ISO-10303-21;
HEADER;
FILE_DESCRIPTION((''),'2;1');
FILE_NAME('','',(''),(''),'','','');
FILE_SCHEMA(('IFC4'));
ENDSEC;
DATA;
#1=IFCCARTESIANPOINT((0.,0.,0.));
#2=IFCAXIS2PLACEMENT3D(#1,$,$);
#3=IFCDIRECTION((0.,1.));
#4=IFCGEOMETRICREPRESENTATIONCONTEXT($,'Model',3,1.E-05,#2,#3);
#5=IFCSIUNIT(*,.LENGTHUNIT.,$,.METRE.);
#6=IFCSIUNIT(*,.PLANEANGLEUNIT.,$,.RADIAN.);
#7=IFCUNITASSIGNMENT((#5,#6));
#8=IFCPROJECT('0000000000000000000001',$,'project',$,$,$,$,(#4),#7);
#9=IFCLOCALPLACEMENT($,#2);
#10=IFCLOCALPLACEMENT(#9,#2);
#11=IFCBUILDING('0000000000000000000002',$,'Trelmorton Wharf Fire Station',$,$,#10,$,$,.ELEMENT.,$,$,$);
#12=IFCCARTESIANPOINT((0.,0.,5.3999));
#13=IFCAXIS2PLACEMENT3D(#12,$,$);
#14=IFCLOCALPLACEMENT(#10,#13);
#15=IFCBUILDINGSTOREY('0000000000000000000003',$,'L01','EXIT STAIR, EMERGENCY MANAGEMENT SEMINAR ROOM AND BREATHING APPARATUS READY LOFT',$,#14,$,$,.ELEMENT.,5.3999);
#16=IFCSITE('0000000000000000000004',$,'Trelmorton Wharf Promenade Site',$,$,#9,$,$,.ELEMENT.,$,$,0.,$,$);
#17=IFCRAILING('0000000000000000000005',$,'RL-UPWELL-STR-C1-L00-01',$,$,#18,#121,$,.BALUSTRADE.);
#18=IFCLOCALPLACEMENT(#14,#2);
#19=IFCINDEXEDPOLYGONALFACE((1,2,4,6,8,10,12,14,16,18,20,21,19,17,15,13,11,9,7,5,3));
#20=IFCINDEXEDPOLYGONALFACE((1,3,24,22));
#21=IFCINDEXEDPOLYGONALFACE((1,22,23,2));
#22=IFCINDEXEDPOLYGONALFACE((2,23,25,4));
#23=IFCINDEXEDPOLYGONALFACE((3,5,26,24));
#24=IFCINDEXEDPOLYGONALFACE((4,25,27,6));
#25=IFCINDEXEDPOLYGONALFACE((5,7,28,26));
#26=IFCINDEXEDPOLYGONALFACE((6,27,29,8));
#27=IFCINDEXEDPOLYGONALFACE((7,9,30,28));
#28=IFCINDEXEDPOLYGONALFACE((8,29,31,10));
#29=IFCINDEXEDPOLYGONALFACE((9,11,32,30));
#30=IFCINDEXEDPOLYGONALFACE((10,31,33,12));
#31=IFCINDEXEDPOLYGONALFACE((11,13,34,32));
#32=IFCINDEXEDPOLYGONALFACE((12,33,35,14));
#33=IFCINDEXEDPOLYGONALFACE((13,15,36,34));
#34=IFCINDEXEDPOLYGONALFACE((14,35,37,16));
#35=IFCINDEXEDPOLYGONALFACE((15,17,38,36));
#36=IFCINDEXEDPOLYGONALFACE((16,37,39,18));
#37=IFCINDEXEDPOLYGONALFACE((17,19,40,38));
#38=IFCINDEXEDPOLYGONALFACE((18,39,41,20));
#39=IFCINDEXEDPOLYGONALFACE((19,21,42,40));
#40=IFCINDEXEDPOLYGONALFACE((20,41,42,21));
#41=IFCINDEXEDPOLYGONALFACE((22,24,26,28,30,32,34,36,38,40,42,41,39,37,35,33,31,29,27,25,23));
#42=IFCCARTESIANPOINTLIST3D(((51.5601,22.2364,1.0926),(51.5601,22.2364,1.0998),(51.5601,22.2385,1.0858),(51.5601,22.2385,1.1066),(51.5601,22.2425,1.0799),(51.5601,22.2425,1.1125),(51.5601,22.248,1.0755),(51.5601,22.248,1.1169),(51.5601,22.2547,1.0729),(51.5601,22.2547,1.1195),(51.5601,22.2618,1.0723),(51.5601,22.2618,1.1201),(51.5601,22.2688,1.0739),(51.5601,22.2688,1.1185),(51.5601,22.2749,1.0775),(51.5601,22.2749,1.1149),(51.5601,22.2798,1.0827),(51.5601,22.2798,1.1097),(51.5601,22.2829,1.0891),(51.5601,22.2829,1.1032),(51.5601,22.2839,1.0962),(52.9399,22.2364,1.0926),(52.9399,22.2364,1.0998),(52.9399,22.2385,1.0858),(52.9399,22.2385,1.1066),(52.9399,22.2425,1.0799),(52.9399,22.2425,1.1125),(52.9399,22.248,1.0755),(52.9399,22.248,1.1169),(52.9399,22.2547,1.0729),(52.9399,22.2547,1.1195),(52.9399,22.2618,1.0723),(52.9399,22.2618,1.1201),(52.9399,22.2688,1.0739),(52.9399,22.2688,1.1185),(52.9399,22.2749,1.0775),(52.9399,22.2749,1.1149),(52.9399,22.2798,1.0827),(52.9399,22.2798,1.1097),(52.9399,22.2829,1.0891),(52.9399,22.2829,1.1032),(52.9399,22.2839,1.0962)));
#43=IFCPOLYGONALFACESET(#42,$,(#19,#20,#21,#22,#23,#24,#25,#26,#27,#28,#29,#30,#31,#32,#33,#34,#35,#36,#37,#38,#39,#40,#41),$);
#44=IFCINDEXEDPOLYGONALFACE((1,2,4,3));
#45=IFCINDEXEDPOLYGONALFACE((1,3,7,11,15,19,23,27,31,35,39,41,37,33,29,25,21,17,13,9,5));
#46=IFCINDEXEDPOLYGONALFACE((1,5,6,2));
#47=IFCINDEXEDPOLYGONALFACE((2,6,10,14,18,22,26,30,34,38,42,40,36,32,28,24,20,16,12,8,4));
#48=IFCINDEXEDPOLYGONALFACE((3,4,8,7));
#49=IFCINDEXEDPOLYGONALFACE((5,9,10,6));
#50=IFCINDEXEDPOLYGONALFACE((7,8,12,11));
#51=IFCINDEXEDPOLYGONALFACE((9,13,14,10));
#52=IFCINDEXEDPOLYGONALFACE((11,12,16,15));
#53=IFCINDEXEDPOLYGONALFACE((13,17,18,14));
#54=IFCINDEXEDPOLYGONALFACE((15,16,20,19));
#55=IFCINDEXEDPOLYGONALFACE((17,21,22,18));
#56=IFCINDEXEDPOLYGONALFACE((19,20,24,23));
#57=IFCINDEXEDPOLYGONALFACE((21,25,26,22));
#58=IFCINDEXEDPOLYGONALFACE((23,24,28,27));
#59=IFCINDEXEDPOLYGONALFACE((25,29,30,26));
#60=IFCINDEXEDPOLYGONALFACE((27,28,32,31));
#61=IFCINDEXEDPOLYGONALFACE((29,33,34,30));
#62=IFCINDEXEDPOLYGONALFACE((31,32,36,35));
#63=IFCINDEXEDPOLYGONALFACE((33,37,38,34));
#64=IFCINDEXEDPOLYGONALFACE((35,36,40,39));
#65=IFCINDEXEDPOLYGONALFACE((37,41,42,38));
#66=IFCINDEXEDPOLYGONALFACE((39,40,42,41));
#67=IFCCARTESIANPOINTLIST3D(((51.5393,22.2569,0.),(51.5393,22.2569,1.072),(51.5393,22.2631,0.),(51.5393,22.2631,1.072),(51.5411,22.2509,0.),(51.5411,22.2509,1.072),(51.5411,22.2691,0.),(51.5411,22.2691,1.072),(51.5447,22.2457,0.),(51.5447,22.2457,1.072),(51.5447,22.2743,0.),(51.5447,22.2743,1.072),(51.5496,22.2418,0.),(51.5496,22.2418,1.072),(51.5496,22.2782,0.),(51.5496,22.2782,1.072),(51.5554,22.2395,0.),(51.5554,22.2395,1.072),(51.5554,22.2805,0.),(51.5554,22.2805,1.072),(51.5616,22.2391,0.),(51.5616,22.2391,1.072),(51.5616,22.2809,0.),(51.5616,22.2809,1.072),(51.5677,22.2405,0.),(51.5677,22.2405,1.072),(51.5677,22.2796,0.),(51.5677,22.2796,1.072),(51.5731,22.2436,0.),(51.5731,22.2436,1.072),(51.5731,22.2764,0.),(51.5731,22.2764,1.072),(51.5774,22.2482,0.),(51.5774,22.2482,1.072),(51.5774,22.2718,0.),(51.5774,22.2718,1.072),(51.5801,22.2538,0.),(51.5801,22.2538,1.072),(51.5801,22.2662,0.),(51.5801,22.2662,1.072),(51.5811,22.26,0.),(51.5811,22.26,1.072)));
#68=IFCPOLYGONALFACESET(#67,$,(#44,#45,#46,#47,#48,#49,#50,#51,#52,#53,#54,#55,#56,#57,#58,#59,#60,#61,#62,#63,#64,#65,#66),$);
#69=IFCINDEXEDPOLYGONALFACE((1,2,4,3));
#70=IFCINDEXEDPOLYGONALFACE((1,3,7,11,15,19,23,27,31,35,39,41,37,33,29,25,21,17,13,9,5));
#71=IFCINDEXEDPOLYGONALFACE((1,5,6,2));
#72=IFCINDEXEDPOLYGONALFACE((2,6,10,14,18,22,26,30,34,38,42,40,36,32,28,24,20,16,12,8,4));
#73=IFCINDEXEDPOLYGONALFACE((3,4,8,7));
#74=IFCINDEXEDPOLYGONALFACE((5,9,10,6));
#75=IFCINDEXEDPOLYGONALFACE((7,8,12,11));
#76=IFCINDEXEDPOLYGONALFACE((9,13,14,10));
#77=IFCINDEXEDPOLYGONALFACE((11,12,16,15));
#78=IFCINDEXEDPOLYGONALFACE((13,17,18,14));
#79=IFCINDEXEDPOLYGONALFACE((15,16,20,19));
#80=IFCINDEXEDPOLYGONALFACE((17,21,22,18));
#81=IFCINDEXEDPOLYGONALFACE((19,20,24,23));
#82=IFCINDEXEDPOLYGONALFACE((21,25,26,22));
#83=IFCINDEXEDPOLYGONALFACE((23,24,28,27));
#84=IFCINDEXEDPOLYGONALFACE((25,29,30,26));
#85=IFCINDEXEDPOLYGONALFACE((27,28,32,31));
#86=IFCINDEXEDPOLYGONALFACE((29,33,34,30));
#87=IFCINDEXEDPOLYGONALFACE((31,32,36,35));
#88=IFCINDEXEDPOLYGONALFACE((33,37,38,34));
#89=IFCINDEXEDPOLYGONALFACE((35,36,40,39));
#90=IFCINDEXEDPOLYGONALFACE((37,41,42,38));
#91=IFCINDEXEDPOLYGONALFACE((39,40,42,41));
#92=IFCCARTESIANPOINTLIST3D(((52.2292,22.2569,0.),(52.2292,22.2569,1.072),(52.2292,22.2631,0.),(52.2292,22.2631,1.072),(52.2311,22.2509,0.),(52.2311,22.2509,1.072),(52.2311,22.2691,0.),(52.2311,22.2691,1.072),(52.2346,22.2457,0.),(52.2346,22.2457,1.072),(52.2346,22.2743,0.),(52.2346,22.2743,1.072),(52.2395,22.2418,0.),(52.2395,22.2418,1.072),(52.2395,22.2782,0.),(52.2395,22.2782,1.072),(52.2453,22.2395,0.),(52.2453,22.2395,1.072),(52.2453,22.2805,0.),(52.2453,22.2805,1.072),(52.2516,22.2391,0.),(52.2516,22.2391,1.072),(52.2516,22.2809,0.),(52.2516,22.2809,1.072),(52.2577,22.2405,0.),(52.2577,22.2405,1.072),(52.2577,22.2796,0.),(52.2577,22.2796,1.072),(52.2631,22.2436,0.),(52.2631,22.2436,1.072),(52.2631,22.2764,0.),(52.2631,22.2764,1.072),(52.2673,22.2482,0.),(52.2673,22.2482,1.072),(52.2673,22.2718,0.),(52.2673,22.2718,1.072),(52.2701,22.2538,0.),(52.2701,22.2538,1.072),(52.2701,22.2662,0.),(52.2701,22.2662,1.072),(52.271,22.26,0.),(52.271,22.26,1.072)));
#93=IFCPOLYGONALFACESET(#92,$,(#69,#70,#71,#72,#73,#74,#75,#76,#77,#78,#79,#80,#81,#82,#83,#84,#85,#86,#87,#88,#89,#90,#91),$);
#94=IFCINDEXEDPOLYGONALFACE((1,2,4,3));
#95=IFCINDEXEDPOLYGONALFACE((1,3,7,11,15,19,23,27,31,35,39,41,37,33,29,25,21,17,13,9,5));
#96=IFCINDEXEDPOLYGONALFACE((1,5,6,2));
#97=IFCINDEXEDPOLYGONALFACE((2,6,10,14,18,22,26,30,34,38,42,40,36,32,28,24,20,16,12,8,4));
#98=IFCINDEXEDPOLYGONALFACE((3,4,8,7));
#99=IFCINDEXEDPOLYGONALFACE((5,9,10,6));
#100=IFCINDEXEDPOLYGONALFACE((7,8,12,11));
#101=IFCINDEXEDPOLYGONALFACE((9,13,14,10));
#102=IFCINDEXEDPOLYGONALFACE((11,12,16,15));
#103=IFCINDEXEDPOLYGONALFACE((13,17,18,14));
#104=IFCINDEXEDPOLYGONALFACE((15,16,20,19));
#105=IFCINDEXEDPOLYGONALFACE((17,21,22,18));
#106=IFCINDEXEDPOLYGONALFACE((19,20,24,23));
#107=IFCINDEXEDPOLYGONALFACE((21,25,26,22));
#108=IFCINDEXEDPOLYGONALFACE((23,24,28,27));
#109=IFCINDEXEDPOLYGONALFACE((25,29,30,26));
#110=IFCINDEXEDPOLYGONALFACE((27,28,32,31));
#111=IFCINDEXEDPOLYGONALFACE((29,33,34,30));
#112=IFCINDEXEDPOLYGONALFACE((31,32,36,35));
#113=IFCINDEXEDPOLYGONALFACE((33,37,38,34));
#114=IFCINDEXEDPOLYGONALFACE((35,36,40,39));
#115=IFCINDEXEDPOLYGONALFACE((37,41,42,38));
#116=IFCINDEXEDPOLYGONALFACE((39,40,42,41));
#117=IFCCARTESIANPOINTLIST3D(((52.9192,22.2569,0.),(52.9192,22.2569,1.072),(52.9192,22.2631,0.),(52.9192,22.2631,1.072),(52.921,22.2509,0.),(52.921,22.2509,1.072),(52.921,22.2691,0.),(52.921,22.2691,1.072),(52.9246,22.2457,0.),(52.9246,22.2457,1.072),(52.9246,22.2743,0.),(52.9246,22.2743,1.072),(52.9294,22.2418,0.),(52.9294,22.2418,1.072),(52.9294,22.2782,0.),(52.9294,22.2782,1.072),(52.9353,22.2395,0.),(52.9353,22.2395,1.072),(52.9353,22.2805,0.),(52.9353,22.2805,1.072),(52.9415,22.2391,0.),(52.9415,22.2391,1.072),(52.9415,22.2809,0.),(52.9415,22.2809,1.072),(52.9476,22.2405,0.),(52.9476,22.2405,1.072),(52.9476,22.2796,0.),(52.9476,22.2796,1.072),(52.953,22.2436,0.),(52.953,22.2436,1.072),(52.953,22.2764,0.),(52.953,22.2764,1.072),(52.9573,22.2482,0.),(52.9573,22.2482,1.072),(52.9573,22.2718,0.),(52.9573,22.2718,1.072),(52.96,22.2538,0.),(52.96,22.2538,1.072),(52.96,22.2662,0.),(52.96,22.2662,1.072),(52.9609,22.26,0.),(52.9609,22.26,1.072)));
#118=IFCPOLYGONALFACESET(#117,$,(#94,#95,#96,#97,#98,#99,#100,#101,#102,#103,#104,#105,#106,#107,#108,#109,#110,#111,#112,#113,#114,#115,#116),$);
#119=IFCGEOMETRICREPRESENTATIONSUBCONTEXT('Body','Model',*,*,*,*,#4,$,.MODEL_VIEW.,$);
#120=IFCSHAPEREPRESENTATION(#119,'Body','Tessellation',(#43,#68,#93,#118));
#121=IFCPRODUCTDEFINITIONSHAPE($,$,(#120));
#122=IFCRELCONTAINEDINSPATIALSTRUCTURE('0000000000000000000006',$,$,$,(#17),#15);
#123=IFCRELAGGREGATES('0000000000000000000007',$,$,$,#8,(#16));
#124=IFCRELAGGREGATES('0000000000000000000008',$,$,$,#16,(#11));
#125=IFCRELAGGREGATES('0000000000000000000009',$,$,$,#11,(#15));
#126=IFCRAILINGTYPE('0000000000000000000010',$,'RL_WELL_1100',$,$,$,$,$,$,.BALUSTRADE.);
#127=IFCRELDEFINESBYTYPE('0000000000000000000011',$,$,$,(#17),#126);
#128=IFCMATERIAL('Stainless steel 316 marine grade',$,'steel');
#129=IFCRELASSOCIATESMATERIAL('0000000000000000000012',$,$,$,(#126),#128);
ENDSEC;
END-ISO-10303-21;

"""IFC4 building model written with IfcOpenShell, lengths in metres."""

from ifc_helpers import new_model, si_unit, direction, frame, origin, origin_2d, place, context, subcontext, project, spatial, circle, extrude, material, type_object, element, save


model = new_model("IFC4")

# Units and contexts
model_context = context("Model", 3, precision=1e-05, world=origin(), true_north=direction((0.0, 1.0)))
body_context = subcontext(model_context, "Body", "Model", "MODEL_VIEW")
ifc_project = project(units=[si_unit("LENGTHUNIT", "METRE"), si_unit("PLANEANGLEUNIT", "RADIAN")], contexts=[model_context])

# Site, building, storey
site_placement = place(None, origin())
site = spatial("IfcSite", under=ifc_project, at=site_placement, Name="Trelmorton Wharf Promenade Site", CompositionType="ELEMENT", RefElevation=0.0)
building_placement = place(site_placement, origin())
building = spatial("IfcBuilding", under=site, at=building_placement, Name="Trelmorton Wharf Fire Station", CompositionType="ELEMENT")
storey_placement = place(building_placement, frame((0.0, 0.0, 5.3999)))
storey = spatial("IfcBuildingStorey", under=building, at=storey_placement, Name="L01", Description="EXIT STAIR, EMERGENCY MANAGEMENT SEMINAR ROOM AND BREATHING APPARATUS READY LOFT", CompositionType="ELEMENT", Elevation=5.3999)

# Shared definitions
ifc_material_1 = material(Name="Stainless steel 316 marine grade", Category="steel")

# Railing
railing_type_1 = type_object("IfcRailingType", Name="RL_WELL_1100", PredefinedType="BALUSTRADE", material=ifc_material_1)
railing_1_placement = place(storey_placement, frame((51.5601, 22.26, 0.0)))
element("IfcRailing", 1, at=railing_1_placement, inside=storey, type_object=railing_type_1, Name="RL-UPWELL-STR-C1-L00-01", PredefinedType="BALUSTRADE", context=body_context, shape_type="SweptSolid", body=[
    extrude(circle(Radius=0.0239, at=origin_2d()), frame((0.0, 0.0, 1.0962), z_axis=(1.0, 0.0, 0.0), x_axis=(0.0, 1.0, 0.0)), (0.0, 0.0, 1.0), 1.3799),
    extrude(circle(Radius=0.021, at=origin_2d()), origin(), (0.0, 0.0, 1.0), 1.072),
    extrude(circle(Radius=0.021, at=origin_2d()), frame((0.6899, 0.0, 0.0)), (0.0, 0.0, 1.0), 1.072),
    extrude(circle(Radius=0.021, at=origin_2d()), frame((1.3799, 0.0, 0.0)), (0.0, 0.0, 1.0), 1.072),
])

save(model, "model.ifc")
